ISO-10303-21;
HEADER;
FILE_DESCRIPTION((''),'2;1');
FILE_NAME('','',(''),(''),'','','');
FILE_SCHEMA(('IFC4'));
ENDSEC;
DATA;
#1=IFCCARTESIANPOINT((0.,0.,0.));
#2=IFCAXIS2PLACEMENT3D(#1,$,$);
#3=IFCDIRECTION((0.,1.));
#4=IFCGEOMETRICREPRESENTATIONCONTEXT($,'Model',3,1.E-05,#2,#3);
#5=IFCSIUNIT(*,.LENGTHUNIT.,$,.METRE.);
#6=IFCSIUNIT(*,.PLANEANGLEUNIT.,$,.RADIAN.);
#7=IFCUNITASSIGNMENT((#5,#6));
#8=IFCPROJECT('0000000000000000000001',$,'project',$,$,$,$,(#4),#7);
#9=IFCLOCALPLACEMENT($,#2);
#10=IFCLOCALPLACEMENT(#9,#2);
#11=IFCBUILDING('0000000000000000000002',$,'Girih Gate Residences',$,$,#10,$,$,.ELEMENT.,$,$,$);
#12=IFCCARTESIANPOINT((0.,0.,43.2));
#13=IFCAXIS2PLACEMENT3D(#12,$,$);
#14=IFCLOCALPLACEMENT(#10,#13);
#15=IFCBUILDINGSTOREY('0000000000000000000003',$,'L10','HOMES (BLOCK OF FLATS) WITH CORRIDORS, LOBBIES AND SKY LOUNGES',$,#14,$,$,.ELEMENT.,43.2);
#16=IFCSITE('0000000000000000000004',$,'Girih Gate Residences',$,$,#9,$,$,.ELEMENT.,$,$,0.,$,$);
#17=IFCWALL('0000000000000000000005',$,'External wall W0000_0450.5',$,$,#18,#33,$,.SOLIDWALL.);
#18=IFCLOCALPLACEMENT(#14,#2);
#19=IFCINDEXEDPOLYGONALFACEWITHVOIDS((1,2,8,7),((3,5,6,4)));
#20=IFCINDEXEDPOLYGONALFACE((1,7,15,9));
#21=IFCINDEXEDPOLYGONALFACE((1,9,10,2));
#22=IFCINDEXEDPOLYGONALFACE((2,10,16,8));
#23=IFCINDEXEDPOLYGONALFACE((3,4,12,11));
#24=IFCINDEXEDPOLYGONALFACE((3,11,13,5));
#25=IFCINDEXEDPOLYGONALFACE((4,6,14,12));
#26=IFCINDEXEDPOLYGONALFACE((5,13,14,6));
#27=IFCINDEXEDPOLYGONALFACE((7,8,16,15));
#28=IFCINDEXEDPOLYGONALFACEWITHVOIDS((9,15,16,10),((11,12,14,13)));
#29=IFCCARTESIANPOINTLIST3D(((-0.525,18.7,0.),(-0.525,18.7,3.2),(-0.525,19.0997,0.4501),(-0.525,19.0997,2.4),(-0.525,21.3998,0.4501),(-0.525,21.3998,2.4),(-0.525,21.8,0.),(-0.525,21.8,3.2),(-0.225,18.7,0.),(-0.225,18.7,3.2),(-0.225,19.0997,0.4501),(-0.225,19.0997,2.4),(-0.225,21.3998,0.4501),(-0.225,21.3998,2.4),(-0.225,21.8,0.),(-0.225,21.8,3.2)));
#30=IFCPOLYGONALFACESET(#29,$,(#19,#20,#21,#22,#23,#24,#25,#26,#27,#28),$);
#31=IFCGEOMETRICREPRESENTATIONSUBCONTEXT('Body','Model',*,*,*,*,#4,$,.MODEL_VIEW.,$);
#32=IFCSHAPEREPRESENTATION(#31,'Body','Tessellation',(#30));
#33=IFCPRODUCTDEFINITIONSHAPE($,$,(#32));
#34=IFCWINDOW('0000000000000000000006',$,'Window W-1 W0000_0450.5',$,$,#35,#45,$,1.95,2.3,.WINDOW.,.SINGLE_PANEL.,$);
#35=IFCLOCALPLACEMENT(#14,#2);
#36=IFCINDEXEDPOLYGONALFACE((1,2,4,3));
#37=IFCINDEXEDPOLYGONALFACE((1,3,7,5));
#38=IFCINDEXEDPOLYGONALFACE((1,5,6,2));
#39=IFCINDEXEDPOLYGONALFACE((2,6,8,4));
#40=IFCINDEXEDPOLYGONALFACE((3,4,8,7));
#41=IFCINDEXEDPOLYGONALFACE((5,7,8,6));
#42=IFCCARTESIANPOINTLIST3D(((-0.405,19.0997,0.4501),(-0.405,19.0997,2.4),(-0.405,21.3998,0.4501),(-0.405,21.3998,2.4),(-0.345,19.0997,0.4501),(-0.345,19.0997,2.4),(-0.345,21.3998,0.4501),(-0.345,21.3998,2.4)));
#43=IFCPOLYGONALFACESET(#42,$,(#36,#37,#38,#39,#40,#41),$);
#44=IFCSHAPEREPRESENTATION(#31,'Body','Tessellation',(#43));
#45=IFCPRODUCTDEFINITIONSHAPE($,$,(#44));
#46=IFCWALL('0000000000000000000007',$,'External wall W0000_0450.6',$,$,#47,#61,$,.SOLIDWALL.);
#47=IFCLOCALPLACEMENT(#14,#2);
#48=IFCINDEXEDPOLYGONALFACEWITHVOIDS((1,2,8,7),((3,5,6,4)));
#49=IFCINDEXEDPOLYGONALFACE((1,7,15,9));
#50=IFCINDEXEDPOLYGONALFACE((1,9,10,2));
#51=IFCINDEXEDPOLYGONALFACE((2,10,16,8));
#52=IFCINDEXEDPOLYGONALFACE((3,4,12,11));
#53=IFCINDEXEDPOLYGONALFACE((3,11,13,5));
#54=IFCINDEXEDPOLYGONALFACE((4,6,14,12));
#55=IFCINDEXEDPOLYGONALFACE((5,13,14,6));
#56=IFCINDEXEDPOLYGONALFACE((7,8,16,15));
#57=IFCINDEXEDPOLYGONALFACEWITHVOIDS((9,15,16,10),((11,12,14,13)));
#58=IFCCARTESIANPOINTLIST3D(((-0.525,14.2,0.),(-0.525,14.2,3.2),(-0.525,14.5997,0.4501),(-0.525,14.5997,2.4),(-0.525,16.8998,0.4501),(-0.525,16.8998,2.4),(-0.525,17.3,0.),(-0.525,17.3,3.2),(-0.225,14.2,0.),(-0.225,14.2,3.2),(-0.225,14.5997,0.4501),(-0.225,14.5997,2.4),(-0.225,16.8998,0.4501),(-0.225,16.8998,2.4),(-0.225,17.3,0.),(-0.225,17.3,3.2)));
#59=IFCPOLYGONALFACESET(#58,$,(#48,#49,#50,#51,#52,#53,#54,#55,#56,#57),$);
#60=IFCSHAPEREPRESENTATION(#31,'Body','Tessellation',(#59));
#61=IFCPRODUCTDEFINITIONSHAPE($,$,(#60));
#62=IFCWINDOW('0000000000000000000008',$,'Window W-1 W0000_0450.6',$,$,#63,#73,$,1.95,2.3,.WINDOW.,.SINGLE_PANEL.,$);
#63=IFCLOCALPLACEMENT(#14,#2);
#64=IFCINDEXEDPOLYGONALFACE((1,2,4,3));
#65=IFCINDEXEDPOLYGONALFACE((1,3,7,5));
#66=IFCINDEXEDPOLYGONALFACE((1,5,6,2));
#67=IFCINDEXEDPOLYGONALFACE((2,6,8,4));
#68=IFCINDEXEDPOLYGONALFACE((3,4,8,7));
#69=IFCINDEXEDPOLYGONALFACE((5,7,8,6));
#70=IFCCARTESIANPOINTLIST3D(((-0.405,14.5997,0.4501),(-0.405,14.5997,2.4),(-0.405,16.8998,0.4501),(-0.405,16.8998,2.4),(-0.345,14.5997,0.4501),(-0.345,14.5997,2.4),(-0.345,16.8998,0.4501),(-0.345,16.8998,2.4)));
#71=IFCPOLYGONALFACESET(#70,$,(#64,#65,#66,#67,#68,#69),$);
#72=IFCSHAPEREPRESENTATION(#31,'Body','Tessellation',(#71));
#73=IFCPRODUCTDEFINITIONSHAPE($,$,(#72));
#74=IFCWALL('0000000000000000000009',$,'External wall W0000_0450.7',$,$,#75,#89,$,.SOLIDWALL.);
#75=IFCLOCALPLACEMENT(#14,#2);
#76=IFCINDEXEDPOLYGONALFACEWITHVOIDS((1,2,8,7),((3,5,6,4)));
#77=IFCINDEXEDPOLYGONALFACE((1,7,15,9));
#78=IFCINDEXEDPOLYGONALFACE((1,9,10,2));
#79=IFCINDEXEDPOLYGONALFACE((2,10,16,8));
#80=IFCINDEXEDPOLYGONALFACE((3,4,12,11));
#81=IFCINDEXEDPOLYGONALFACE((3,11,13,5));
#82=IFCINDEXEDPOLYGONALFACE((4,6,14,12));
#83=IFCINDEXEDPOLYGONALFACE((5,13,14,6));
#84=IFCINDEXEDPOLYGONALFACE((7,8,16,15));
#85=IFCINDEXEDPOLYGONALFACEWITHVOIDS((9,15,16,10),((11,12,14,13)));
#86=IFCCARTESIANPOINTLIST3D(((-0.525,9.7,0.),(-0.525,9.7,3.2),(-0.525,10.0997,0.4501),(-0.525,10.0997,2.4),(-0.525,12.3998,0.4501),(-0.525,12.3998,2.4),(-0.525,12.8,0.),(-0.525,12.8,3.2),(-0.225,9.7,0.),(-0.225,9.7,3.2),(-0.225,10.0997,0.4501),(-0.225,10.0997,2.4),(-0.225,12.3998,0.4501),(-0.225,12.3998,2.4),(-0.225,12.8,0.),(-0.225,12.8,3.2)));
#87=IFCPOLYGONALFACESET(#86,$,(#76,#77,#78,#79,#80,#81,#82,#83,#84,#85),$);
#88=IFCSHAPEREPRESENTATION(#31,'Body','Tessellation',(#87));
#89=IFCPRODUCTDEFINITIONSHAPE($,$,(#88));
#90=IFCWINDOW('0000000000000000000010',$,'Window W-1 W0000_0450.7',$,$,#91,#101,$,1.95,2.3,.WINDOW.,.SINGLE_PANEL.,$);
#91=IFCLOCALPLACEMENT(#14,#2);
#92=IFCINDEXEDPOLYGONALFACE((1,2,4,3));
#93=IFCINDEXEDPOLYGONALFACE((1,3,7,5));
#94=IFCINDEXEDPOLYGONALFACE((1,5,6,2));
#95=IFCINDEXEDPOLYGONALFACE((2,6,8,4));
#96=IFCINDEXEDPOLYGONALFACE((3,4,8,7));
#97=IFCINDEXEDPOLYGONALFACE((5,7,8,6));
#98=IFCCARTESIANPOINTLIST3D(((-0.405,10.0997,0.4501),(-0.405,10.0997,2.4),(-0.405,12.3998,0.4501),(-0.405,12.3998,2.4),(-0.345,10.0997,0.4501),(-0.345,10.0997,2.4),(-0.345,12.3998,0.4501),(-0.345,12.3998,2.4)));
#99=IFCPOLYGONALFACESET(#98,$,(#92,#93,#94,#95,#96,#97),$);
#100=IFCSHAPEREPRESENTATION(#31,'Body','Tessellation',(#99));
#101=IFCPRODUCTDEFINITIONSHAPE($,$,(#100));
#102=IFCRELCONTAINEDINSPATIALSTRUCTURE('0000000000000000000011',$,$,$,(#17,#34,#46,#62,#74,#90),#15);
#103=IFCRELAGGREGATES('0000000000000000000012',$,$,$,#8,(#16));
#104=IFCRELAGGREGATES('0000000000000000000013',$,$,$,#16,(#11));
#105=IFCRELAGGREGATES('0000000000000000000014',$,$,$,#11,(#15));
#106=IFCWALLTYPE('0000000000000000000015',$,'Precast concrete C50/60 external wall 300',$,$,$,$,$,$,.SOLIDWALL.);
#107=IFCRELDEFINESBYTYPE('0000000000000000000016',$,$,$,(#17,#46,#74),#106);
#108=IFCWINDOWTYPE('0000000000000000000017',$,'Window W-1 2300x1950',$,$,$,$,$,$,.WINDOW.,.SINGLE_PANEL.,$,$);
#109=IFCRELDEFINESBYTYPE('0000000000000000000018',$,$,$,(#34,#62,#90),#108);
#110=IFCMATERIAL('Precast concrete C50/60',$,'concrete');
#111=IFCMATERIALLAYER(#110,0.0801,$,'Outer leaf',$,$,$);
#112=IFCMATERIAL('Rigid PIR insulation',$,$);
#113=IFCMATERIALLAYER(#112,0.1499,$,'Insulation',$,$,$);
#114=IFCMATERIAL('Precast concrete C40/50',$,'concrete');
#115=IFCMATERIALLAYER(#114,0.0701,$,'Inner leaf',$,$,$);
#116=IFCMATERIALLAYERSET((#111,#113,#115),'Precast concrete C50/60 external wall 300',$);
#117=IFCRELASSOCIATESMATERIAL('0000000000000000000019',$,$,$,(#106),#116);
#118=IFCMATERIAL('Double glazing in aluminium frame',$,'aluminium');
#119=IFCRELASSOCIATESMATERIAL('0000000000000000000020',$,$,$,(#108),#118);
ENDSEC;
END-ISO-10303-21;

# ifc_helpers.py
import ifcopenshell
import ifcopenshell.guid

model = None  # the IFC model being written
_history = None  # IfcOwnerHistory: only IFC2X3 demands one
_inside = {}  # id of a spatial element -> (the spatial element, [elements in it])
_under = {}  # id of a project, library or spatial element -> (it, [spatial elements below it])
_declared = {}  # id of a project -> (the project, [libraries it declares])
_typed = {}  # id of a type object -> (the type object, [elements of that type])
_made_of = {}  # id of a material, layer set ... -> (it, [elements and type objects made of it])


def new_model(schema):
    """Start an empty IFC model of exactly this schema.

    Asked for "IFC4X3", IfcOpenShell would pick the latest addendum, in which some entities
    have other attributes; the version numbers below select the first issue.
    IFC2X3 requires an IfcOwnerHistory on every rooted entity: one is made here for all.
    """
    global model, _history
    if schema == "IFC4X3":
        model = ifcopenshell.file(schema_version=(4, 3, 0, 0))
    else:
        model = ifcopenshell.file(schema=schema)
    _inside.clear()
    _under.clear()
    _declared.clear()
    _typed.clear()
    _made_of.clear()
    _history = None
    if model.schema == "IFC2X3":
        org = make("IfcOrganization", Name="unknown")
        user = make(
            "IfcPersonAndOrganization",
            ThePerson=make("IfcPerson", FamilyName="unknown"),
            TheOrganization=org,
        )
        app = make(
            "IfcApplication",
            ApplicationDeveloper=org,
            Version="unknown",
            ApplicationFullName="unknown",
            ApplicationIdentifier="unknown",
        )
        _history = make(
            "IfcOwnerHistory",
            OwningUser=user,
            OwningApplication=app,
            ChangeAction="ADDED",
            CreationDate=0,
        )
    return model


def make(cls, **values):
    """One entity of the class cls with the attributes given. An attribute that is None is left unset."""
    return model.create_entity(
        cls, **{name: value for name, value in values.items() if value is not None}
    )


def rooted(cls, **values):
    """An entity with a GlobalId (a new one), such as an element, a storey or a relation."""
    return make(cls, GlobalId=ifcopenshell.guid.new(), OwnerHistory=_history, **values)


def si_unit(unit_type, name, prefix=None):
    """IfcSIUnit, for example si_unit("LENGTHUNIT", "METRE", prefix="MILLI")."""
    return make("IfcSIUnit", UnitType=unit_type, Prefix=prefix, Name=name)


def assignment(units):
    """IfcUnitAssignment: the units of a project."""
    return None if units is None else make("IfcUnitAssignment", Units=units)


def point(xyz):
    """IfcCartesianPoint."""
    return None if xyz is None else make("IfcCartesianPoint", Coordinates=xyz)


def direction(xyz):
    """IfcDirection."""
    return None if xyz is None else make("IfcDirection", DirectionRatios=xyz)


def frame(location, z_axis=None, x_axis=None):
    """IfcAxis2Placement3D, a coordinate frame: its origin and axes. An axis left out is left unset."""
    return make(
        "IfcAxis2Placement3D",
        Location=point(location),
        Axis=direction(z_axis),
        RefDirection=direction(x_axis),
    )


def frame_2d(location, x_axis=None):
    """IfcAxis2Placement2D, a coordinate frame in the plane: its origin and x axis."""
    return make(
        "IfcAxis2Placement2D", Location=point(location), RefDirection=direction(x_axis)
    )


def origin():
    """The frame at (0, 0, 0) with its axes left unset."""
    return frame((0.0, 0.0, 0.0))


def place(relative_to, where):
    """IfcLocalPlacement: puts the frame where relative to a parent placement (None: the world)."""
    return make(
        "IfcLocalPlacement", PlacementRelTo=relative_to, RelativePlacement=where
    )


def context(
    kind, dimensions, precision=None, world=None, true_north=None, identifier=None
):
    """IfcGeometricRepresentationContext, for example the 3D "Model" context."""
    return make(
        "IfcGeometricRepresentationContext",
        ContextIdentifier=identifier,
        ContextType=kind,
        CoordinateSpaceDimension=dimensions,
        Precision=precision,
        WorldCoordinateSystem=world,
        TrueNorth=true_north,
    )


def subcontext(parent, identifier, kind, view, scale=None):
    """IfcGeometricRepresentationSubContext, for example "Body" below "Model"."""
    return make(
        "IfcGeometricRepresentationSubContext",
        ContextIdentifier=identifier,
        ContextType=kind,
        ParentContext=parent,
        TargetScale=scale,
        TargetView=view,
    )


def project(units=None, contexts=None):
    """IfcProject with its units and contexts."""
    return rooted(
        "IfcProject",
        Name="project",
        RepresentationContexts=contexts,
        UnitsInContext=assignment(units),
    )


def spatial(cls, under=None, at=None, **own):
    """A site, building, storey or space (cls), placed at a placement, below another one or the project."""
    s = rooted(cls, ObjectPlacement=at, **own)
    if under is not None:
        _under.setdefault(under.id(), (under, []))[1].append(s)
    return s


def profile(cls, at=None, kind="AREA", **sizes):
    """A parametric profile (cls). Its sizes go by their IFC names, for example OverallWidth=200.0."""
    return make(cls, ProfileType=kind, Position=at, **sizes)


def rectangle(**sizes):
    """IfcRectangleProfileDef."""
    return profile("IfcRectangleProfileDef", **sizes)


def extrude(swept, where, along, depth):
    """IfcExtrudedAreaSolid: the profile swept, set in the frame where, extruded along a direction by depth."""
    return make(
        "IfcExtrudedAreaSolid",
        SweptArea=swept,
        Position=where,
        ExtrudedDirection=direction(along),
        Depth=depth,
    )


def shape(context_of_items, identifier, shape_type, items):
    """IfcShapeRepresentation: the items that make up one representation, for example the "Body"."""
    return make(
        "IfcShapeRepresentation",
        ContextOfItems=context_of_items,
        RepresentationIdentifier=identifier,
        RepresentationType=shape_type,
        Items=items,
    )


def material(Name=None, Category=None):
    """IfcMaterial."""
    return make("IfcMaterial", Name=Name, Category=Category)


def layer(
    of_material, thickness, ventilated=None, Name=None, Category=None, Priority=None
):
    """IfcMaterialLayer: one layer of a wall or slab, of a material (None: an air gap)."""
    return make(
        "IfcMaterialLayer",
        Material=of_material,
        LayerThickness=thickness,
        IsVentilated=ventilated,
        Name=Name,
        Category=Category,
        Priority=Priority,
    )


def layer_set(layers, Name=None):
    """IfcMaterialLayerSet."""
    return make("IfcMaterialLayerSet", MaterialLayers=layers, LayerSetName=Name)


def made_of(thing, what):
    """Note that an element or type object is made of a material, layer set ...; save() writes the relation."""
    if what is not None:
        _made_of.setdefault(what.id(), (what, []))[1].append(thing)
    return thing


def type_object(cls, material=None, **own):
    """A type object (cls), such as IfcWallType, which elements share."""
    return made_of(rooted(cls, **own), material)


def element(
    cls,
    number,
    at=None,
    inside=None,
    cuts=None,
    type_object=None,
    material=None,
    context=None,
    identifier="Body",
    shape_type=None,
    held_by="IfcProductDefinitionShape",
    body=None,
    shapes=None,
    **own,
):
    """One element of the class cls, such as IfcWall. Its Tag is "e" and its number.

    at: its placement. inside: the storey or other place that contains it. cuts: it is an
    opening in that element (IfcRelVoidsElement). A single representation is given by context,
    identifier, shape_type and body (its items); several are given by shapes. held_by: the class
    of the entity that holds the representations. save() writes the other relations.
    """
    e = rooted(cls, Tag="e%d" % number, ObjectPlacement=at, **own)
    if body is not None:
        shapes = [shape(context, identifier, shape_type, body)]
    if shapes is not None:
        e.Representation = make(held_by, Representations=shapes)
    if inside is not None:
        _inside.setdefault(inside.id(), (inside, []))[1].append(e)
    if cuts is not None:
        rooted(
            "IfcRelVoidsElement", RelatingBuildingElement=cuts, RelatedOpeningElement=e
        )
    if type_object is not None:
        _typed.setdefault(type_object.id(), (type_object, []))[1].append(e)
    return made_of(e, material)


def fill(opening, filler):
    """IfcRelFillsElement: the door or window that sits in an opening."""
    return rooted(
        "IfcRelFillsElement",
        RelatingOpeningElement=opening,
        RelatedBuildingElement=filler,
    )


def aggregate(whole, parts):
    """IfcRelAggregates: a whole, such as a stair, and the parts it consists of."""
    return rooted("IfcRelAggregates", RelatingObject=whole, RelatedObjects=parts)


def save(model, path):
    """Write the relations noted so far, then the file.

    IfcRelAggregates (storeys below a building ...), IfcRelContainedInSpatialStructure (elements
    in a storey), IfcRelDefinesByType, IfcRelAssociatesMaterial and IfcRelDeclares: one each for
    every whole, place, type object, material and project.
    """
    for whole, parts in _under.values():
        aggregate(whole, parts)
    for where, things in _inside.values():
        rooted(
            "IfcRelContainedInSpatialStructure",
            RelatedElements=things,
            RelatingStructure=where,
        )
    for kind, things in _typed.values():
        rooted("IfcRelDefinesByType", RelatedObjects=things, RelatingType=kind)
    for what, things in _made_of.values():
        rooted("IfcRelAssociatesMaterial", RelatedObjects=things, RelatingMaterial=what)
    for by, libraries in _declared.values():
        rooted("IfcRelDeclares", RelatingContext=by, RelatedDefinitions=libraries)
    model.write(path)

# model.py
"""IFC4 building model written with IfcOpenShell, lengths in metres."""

from ifc_helpers import new_model, si_unit, direction, frame, frame_2d, origin, place, context, subcontext, project, spatial, rectangle, extrude, material, layer, layer_set, type_object, element, fill, save


model = new_model("IFC4")

# Units and contexts
model_context = context("Model", 3, precision=1e-05, world=origin(), true_north=direction((0.0, 1.0)))
body_context = subcontext(model_context, "Body", "Model", "MODEL_VIEW")
ifc_project = project(units=[si_unit("LENGTHUNIT", "METRE"), si_unit("PLANEANGLEUNIT", "RADIAN")], contexts=[model_context])

# Site, building, storey
site_placement = place(None, origin())
site = spatial("IfcSite", under=ifc_project, at=site_placement, Name="Girih Gate Residences", CompositionType="ELEMENT", RefElevation=0.0)
building_placement = place(site_placement, origin())
building = spatial("IfcBuilding", under=site, at=building_placement, Name="Girih Gate Residences", CompositionType="ELEMENT")
storey_placement = place(building_placement, frame((0.0, 0.0, 43.2)))
storey = spatial("IfcBuildingStorey", under=building, at=storey_placement, Name="L10", Description="HOMES (BLOCK OF FLATS) WITH CORRIDORS, LOBBIES AND SKY LOUNGES", CompositionType="ELEMENT", Elevation=43.2)

# Walls, openings, windows
ifc_material_1 = material(Name="Precast concrete C50/60", Category="concrete")
ifc_layer_1 = layer(ifc_material_1, 0.0801, Name="Outer leaf")
ifc_material_2 = material(Name="Rigid PIR insulation")
ifc_layer_2 = layer(ifc_material_2, 0.1499, Name="Insulation")
ifc_material_3 = material(Name="Precast concrete C40/50", Category="concrete")
ifc_layer_3 = layer(ifc_material_3, 0.0701, Name="Inner leaf")
ifc_layer_set_1 = layer_set([ifc_layer_1, ifc_layer_2, ifc_layer_3], Name="Precast concrete C50/60 external wall 300")
wall_type_1 = type_object("IfcWallType", Name="Precast concrete C50/60 external wall 300", PredefinedType="SOLIDWALL", material=ifc_layer_set_1)
ifc_material_4 = material(Name="Double glazing in aluminium frame", Category="aluminium")
window_type = type_object("IfcWindowType", Name="Window W-1 2300x1950", PartitioningType="SINGLE_PANEL", PredefinedType="WINDOW", material=ifc_material_4)
wall_1_placement = place(storey_placement, frame((-0.375, 18.7, 0.0), z_axis=(0.0, 0.0, 1.0), x_axis=(0.0, 1.0, 0.0)))
wall_1 = element("IfcWall", 1, at=wall_1_placement, inside=storey, type_object=wall_type_1, Name="External wall W0000_0450.5", PredefinedType="SOLIDWALL", context=body_context, shape_type="SweptSolid", body=[
    extrude(rectangle(XDim=3.1001, YDim=0.3, at=frame_2d((1.55, 0.0))), origin(), (0.0, 0.0, 1.0), 3.2),
])
opening_1_placement = place(wall_1_placement, frame((0.3999, 0.0, 0.45)))
opening_1 = element("IfcOpeningElement", 2, at=opening_1_placement, cuts=wall_1, PredefinedType="OPENING", context=body_context, shape_type="SweptSolid", body=[
    extrude(rectangle(XDim=2.3, YDim=1.95, at=frame_2d((1.1499, 0.9751))), frame((0.0, 0.1599, 0.0), z_axis=(0.0, -1.0, 0.0), x_axis=(1.0, 0.0, 0.0)), (0.0, 0.0, 1.0), 0.3201),
])
window_1_placement = place(opening_1_placement, origin())
window_1 = element("IfcWindow", 3, at=window_1_placement, inside=storey, type_object=window_type, Name="Window W-1 W0000_0450.5", OverallHeight=1.95, OverallWidth=2.3, PartitioningType="SINGLE_PANEL", PredefinedType="WINDOW", context=body_context, shape_type="SweptSolid", body=[
    extrude(rectangle(XDim=2.3, YDim=1.95, at=frame_2d((1.1499, 0.9751))), frame((0.0, 0.03, 0.0), z_axis=(0.0, -1.0, 0.0), x_axis=(1.0, 0.0, 0.0)), (0.0, 0.0, 1.0), 0.0601),
])
fill(opening_1, window_1)
wall_2_placement = place(storey_placement, frame((-0.375, 14.2, 0.0), z_axis=(0.0, 0.0, 1.0), x_axis=(0.0, 1.0, 0.0)))
wall_2 = element("IfcWall", 4, at=wall_2_placement, inside=storey, type_object=wall_type_1, Name="External wall W0000_0450.6", PredefinedType="SOLIDWALL", context=body_context, shape_type="SweptSolid", body=[
    extrude(rectangle(XDim=3.1001, YDim=0.3, at=frame_2d((1.55, 0.0))), origin(), (0.0, 0.0, 1.0), 3.2),
])
opening_2_placement = place(wall_2_placement, frame((0.3999, 0.0, 0.45)))
opening_2 = element("IfcOpeningElement", 5, at=opening_2_placement, cuts=wall_2, PredefinedType="OPENING", context=body_context, shape_type="SweptSolid", body=[
    extrude(rectangle(XDim=2.3, YDim=1.95, at=frame_2d((1.1499, 0.9751))), frame((0.0, 0.1599, 0.0), z_axis=(0.0, -1.0, 0.0), x_axis=(1.0, 0.0, 0.0)), (0.0, 0.0, 1.0), 0.3201),
])
window_2_placement = place(opening_2_placement, origin())
window_2 = element("IfcWindow", 6, at=window_2_placement, inside=storey, type_object=window_type, Name="Window W-1 W0000_0450.6", OverallHeight=1.95, OverallWidth=2.3, PartitioningType="SINGLE_PANEL", PredefinedType="WINDOW", context=body_context, shape_type="SweptSolid", body=[
    extrude(rectangle(XDim=2.3, YDim=1.95, at=frame_2d((1.1499, 0.9751))), frame((0.0, 0.03, 0.0), z_axis=(0.0, -1.0, 0.0), x_axis=(1.0, 0.0, 0.0)), (0.0, 0.0, 1.0), 0.0601),
])
fill(opening_2, window_2)
wall_3_placement = place(storey_placement, frame((-0.375, 9.7, 0.0), z_axis=(0.0, 0.0, 1.0), x_axis=(0.0, 1.0, 0.0)))
wall_3 = element("IfcWall", 7, at=wall_3_placement, inside=storey, type_object=wall_type_1, Name="External wall W0000_0450.7", PredefinedType="SOLIDWALL", context=body_context, shape_type="SweptSolid", body=[
    extrude(rectangle(XDim=3.1001, YDim=0.3, at=frame_2d((1.55, 0.0))), origin(), (0.0, 0.0, 1.0), 3.2),
])
opening_3_placement = place(wall_3_placement, frame((0.3999, 0.0, 0.45)))
opening_3 = element("IfcOpeningElement", 8, at=opening_3_placement, cuts=wall_3, PredefinedType="OPENING", context=body_context, shape_type="SweptSolid", body=[
    extrude(rectangle(XDim=2.3, YDim=1.95, at=frame_2d((1.1499, 0.9751))), frame((0.0, 0.1599, 0.0), z_axis=(0.0, -1.0, 0.0), x_axis=(1.0, 0.0, 0.0)), (0.0, 0.0, 1.0), 0.3201),
])
window_3_placement = place(opening_3_placement, origin())
window_3 = element("IfcWindow", 9, at=window_3_placement, inside=storey, type_object=window_type, Name="Window W-1 W0000_0450.7", OverallHeight=1.95, OverallWidth=2.3, PartitioningType="SINGLE_PANEL", PredefinedType="WINDOW", context=body_context, shape_type="SweptSolid", body=[
    extrude(rectangle(XDim=2.3, YDim=1.95, at=frame_2d((1.1499, 0.9751))), frame((0.0, 0.03, 0.0), z_axis=(0.0, -1.0, 0.0), x_axis=(1.0, 0.0, 0.0)), (0.0, 0.0, 1.0), 0.0601),
])
fill(opening_3, window_3)

save(model, "model.ifc")
